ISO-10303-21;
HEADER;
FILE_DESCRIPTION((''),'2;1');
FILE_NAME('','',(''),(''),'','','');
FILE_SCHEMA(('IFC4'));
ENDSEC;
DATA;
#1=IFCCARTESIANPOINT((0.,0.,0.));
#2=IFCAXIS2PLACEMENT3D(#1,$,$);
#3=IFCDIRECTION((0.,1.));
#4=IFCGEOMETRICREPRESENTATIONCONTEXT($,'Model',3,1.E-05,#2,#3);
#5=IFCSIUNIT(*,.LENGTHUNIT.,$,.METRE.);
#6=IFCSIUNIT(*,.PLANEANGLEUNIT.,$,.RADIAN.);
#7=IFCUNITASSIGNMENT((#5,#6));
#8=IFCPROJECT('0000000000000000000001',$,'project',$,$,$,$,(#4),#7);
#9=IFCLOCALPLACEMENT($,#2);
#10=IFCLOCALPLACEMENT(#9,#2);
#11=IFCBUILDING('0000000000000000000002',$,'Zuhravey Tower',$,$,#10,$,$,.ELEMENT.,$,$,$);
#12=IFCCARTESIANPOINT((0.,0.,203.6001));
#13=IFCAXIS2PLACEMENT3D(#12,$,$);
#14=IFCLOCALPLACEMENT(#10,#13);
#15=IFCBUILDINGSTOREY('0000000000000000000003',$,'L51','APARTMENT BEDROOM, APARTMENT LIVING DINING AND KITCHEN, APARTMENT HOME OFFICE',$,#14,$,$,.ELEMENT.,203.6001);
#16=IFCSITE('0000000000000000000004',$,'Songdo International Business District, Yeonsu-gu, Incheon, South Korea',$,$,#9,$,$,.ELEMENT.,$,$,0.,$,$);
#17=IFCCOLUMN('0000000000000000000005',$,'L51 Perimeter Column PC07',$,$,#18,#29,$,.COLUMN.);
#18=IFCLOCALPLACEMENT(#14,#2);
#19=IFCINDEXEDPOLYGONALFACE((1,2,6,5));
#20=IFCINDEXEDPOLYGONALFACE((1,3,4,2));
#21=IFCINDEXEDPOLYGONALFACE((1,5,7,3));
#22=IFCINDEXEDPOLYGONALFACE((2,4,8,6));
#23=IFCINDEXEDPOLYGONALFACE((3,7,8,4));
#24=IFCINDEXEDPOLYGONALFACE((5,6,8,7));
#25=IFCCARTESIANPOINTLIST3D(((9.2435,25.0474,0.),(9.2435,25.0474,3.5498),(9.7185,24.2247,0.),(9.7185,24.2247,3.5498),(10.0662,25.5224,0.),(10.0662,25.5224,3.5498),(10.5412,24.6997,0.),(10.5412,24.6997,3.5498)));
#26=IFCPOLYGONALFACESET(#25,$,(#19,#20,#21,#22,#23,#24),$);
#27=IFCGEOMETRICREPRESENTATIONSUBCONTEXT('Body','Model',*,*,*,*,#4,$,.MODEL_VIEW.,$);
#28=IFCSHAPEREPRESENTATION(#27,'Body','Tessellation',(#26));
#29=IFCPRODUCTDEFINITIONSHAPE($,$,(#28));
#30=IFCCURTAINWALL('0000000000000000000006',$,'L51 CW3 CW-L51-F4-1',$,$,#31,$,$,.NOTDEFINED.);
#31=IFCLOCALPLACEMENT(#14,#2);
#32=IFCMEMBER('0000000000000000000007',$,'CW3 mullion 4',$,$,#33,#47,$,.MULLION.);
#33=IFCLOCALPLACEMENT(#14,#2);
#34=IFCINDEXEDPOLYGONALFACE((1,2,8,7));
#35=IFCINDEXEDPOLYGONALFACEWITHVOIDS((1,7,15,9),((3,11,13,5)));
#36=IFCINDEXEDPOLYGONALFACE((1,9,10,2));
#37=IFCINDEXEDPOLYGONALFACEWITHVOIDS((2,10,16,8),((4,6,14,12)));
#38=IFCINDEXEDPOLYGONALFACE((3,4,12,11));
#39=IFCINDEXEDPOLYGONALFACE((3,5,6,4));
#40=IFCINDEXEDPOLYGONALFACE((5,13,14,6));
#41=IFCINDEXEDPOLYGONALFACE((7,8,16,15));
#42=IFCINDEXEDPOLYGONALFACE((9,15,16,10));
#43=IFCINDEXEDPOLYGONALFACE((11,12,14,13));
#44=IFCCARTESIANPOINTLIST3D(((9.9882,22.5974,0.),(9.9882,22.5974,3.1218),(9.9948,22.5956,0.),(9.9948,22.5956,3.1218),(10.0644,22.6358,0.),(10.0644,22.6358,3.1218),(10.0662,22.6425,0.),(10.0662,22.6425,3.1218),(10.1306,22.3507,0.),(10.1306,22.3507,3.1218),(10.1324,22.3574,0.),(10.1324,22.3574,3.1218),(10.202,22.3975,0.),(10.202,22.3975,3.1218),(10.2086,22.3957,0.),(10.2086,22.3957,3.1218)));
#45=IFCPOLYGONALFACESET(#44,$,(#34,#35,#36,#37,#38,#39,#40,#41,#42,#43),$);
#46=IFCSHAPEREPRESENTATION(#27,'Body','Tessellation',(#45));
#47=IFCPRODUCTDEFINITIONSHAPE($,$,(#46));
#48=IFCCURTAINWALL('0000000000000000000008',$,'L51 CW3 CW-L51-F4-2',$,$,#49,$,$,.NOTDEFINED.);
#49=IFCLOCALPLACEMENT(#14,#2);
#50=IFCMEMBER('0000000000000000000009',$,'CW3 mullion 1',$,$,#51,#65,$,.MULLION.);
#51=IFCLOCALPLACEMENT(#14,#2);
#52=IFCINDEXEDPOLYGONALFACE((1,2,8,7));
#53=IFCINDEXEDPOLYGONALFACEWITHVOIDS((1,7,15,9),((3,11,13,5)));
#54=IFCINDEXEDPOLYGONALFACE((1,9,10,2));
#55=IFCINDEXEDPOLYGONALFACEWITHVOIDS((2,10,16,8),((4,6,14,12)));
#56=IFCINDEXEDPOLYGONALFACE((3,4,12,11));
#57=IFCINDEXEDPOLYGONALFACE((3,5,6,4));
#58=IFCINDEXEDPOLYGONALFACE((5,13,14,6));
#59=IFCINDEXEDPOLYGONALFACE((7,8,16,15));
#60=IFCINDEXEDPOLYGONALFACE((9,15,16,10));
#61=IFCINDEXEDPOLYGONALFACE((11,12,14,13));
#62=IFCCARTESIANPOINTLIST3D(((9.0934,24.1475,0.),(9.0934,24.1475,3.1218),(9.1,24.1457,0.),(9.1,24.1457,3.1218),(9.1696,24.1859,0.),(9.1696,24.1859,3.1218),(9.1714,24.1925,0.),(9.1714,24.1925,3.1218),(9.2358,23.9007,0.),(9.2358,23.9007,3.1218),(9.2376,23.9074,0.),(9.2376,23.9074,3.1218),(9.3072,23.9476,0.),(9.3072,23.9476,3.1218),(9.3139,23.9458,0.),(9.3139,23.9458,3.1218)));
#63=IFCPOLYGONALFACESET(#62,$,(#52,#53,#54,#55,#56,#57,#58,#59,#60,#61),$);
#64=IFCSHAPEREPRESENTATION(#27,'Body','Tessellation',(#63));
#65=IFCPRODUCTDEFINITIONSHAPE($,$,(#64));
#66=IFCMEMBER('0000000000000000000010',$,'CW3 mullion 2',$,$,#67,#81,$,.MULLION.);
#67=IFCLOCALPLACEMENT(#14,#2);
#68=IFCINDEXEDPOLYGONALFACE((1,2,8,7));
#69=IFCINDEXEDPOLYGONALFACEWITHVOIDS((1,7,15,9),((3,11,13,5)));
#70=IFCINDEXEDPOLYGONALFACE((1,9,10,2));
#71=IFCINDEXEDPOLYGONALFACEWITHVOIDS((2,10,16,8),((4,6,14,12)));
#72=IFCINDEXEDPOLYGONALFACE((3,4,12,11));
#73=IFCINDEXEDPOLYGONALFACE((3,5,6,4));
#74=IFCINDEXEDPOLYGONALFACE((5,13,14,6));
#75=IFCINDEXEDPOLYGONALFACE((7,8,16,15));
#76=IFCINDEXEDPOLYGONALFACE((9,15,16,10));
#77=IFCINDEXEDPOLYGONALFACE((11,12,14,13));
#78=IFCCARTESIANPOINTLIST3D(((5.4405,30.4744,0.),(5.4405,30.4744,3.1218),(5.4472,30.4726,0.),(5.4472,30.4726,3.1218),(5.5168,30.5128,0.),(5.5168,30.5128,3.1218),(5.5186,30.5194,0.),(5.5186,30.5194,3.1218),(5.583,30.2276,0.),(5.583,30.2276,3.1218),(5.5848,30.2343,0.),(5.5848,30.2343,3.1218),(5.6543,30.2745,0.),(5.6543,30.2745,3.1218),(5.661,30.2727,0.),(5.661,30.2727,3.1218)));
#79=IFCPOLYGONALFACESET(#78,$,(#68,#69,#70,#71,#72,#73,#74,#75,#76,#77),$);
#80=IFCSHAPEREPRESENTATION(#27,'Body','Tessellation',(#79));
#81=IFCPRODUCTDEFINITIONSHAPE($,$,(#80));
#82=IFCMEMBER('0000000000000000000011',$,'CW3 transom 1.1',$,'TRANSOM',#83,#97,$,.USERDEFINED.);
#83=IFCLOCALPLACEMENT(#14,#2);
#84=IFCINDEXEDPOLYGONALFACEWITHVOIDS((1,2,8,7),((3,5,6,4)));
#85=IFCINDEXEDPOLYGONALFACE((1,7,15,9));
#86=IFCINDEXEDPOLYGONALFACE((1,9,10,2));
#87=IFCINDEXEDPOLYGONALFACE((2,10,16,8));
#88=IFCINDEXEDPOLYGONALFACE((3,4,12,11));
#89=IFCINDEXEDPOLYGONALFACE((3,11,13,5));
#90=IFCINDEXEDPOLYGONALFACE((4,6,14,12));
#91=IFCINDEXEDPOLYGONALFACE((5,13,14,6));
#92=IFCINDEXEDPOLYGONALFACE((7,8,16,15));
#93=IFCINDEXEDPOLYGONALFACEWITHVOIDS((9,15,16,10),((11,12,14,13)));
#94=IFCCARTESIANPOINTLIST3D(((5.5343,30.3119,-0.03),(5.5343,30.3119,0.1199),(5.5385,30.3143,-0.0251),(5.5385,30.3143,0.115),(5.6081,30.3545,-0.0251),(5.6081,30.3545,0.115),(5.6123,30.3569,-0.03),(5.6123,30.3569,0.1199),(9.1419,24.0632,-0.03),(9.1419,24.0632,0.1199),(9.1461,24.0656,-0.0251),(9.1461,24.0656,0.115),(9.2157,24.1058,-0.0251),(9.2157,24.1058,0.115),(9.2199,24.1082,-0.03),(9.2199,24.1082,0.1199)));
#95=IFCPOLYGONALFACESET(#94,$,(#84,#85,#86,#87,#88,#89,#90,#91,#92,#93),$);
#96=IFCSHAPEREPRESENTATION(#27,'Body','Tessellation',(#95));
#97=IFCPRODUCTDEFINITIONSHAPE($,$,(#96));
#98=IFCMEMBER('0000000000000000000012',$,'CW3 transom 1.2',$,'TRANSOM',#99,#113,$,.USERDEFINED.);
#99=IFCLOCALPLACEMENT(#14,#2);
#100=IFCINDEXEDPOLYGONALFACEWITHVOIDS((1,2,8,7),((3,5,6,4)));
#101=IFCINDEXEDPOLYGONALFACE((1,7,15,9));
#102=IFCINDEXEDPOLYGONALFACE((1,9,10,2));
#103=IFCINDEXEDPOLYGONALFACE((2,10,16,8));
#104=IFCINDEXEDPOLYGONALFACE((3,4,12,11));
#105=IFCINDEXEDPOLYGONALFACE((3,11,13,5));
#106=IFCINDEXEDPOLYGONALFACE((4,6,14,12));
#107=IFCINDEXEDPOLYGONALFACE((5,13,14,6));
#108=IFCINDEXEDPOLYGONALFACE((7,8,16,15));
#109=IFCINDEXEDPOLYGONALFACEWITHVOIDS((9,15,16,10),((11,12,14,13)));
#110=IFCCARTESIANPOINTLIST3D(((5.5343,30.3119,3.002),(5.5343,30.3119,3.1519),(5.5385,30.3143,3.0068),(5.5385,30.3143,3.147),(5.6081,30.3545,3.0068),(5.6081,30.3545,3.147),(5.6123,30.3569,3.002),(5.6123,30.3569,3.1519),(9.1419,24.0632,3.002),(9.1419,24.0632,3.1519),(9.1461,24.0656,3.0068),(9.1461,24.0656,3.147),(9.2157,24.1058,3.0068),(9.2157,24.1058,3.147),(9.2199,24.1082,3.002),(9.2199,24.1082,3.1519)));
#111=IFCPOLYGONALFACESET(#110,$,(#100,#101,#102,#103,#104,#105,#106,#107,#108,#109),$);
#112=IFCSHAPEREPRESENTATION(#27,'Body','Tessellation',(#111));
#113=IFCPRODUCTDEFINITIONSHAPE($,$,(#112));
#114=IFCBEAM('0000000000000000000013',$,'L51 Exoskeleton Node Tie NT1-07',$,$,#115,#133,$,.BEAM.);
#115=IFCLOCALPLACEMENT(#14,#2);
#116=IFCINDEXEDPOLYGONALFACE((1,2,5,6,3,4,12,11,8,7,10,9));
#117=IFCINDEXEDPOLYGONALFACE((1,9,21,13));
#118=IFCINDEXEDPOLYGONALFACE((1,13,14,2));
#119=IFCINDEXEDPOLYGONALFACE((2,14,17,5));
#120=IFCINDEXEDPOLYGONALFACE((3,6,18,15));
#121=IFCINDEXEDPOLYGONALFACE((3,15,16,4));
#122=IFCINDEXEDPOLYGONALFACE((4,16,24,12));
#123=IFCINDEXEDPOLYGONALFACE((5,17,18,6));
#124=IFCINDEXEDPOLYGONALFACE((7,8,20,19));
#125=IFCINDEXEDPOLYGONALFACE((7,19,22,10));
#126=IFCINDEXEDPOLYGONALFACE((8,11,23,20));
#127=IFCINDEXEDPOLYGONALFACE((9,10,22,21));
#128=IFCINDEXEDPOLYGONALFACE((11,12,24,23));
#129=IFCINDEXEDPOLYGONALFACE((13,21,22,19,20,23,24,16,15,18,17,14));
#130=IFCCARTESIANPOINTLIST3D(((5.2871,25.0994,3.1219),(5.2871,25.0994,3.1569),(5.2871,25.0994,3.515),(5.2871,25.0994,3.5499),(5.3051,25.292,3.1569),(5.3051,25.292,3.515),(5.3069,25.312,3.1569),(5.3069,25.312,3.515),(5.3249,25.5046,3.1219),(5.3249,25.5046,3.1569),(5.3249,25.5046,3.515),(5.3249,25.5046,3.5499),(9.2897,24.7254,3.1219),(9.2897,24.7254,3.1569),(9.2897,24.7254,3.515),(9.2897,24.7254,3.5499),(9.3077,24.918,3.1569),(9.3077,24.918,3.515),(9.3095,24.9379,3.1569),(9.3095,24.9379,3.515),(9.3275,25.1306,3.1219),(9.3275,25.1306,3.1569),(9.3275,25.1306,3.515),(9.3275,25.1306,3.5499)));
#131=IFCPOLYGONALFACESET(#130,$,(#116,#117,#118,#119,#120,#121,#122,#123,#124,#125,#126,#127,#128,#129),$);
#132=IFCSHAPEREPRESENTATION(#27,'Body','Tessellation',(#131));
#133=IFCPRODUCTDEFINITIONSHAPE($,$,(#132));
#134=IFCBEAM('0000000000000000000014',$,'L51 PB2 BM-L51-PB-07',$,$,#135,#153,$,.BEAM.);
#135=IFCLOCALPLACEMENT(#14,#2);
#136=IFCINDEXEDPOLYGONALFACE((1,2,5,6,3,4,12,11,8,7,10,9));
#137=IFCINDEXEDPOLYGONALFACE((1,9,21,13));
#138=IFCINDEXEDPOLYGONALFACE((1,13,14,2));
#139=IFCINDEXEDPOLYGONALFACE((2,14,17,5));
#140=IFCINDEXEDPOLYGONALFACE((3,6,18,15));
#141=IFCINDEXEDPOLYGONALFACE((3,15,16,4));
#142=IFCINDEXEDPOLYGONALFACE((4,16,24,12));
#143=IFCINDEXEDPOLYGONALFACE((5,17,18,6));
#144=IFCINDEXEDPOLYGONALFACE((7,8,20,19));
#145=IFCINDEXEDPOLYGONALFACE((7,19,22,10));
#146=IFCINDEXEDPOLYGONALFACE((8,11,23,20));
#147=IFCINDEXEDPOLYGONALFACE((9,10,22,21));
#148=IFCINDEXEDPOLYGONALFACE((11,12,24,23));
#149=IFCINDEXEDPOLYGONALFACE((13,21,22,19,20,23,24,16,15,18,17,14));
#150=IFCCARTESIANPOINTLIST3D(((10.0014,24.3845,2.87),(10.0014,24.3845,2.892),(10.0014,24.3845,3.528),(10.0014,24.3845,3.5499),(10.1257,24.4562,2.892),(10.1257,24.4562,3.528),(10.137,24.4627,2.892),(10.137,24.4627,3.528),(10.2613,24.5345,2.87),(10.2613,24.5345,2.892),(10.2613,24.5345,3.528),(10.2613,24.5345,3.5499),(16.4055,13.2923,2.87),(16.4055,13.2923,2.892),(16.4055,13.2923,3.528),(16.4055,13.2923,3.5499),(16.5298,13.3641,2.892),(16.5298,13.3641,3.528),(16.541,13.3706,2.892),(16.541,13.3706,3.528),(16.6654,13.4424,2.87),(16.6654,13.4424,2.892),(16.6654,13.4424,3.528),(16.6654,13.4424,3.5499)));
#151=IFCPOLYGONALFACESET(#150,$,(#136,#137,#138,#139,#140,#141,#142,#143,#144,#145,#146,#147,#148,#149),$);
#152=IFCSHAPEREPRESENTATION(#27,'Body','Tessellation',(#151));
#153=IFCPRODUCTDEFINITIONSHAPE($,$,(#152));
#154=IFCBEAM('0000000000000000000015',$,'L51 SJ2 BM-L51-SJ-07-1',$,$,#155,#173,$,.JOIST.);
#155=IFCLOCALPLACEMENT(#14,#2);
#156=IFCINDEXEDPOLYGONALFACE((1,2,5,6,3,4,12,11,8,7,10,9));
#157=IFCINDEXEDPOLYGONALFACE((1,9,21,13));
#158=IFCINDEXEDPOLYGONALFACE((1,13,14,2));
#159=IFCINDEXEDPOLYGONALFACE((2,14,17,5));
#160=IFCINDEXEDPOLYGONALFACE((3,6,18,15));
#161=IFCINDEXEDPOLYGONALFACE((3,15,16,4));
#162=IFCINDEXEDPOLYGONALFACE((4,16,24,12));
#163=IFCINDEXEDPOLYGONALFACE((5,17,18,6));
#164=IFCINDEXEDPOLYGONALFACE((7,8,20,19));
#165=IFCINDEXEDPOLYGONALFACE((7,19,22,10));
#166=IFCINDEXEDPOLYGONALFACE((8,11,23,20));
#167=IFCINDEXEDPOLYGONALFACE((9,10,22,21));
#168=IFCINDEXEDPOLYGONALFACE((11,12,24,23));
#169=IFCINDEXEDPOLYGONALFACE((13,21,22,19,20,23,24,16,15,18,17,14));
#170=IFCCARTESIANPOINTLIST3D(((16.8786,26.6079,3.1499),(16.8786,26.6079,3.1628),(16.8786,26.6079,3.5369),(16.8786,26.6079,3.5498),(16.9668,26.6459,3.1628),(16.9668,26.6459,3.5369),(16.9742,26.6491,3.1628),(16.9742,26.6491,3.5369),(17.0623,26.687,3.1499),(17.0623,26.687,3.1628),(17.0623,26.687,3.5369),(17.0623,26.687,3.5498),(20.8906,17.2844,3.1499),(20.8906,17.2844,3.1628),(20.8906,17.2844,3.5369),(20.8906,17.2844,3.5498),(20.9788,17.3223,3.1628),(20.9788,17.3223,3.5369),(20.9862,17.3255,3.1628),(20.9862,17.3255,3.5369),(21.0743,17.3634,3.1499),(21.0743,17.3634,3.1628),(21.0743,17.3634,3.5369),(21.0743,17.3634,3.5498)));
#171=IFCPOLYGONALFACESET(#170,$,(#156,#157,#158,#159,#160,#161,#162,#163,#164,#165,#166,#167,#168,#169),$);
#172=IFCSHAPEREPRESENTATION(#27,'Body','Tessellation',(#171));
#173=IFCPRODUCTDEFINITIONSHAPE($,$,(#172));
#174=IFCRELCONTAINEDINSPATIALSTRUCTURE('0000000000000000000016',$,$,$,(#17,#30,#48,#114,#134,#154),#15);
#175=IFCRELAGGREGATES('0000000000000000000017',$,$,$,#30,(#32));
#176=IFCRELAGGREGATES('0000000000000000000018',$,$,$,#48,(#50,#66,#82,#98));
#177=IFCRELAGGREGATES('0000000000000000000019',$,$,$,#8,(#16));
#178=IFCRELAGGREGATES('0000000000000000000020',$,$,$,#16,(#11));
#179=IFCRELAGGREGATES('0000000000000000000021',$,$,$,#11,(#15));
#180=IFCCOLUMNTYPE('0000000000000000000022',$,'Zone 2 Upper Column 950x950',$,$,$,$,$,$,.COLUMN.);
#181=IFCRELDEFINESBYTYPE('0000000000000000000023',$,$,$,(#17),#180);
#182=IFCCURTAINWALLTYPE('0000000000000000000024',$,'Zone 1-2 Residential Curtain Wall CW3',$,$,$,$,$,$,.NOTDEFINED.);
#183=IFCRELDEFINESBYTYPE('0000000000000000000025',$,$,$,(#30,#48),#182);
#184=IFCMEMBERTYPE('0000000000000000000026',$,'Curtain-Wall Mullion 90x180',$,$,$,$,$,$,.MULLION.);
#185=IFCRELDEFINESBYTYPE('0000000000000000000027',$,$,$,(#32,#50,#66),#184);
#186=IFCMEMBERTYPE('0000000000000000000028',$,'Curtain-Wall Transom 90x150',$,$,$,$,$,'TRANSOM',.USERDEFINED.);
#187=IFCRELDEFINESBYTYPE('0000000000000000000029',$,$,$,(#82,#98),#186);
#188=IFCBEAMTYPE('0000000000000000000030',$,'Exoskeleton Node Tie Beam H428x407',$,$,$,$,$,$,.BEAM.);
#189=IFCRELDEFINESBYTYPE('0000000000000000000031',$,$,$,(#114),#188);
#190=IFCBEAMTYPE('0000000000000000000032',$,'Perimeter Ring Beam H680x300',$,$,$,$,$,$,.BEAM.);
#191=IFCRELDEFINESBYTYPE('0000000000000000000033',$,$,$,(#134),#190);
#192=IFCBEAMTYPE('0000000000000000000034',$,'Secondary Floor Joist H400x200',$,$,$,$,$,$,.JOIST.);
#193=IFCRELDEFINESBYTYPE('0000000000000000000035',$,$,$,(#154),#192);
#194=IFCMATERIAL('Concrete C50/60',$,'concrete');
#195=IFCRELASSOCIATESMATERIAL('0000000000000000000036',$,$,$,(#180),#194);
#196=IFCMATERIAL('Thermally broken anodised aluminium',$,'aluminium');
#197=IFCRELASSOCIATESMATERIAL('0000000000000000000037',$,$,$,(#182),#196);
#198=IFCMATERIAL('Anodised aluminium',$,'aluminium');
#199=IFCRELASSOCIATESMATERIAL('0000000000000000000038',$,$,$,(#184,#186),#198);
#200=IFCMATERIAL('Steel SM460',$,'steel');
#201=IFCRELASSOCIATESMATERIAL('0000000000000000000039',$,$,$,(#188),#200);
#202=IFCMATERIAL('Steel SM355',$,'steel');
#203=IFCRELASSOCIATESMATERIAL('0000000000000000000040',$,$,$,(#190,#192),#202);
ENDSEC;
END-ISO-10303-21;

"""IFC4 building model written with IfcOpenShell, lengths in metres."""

from ifc_helpers import new_model, si_unit, direction, frame, origin, origin_2d, place, context, subcontext, project, spatial, rectangle, hollow_rectangle, i_section, extrude, material, material_profile, profile_set, type_object, element, aggregate, save


model = new_model("IFC4")

# Units and contexts
model_context = context("Model", 3, precision=1e-05, world=origin(), true_north=direction((0.0, 1.0)))
body_context = subcontext(model_context, "Body", "Model", "MODEL_VIEW")
ifc_project = project(units=[si_unit("LENGTHUNIT", "METRE"), si_unit("PLANEANGLEUNIT", "RADIAN")], contexts=[model_context])

# Site, building, storey
site_placement = place(None, origin())
site = spatial("IfcSite", under=ifc_project, at=site_placement, Name="Songdo International Business District, Yeonsu-gu, Incheon, South Korea", CompositionType="ELEMENT", RefElevation=0.0)
building_placement = place(site_placement, origin())
building = spatial("IfcBuilding", under=site, at=building_placement, Name="Zuhravey Tower", CompositionType="ELEMENT")
storey_placement = place(building_placement, frame((0.0, 0.0, 203.6001)))
storey = spatial("IfcBuildingStorey", under=building, at=storey_placement, Name="L51", Description="APARTMENT BEDROOM, APARTMENT LIVING DINING AND KITCHEN, APARTMENT HOME OFFICE", CompositionType="ELEMENT", Elevation=203.6001)

# Column
ifc_material_1 = material(Name="Concrete C50/60", Category="concrete")
ifc_material_profile_1 = material_profile(ifc_material_1, rectangle(XDim=0.95, YDim=0.95, at=origin_2d()), Name="RC-950x950")
ifc_profile_set_1 = profile_set([ifc_material_profile_1], Name="Concrete C50/60")
column_type = type_object("IfcColumnType", Name="Zone 2 Upper Column 950x950", PredefinedType="COLUMN", material=ifc_profile_set_1)
column_placement = place(storey_placement, frame((9.8923, 24.8735, 0.0), z_axis=(0.0, 0.0, 1.0), x_axis=(0.5, -0.866025, 0.0)))
element("IfcColumn", 1, at=column_placement, inside=storey, type_object=column_type, Name="L51 Perimeter Column PC07", PredefinedType="COLUMN", context=body_context, shape_type="SweptSolid", body=[
    extrude(rectangle(XDim=0.95, YDim=0.95, at=origin_2d()), origin(), (0.0, 0.0, 1.0), 3.5498),
])

# Curtain wall, member
ifc_material_2 = material(Name="Thermally broken anodised aluminium", Category="aluminium")
curtain_wall_type = type_object("IfcCurtainWallType", Name="Zone 1-2 Residential Curtain Wall CW3", PredefinedType="NOTDEFINED", material=ifc_material_2)
curtain_wall_1_placement = place(storey_placement, origin())
curtain_wall_1 = element("IfcCurtainWall", 2, at=curtain_wall_1_placement, inside=storey, type_object=curtain_wall_type, Name="L51 CW3 CW-L51-F4-1", PredefinedType="NOTDEFINED")
ifc_material_3 = material(Name="Anodised aluminium", Category="aluminium")
ifc_material_profile_2 = material_profile(ifc_material_3, hollow_rectangle(XDim=0.0901, YDim=0.2849, WallThickness=0.0049, at=origin_2d()), Name="ALU-RHS-90x285x5")
ifc_profile_set_2 = profile_set([ifc_material_profile_2], Name="Anodised aluminium")
member_type_1 = type_object("IfcMemberType", Name="Curtain-Wall Mullion 90x180", PredefinedType="MULLION", material=ifc_profile_set_2)
member_1_placement = place(storey_placement, frame((10.0984, 22.4966, 0.0), z_axis=(0.0, 0.0, 1.0), x_axis=(-0.866025, -0.5, 0.0)))
member_1 = element("IfcMember", 3, at=member_1_placement, type_object=member_type_1, Name="CW3 mullion 4", PredefinedType="MULLION", context=body_context, shape_type="SweptSolid", body=[
    extrude(hollow_rectangle(XDim=0.0901, YDim=0.2849, WallThickness=0.0049, at=origin_2d()), origin(), (0.0, 0.0, 1.0), 3.1218),
])

# Curtain wall, members
curtain_wall_2_placement = place(storey_placement, origin())
curtain_wall_2 = element("IfcCurtainWall", 4, at=curtain_wall_2_placement, inside=storey, type_object=curtain_wall_type, Name="L51 CW3 CW-L51-F4-2", PredefinedType="NOTDEFINED")
member_2_placement = place(storey_placement, frame((9.2036, 24.0466, 0.0), z_axis=(0.0, 0.0, 1.0), x_axis=(-0.866026, -0.499999, 0.0)))
member_2 = element("IfcMember", 5, at=member_2_placement, type_object=member_type_1, Name="CW3 mullion 1", PredefinedType="MULLION", context=body_context, shape_type="SweptSolid", body=[
    extrude(hollow_rectangle(XDim=0.0901, YDim=0.2849, WallThickness=0.0049, at=origin_2d()), origin(), (0.0, 0.0, 1.0), 3.1218),
])
member_3_placement = place(storey_placement, frame((5.5508, 30.3735, 0.0), z_axis=(0.0, 0.0, 1.0), x_axis=(-0.866026, -0.499999, 0.0)))
member_3 = element("IfcMember", 6, at=member_3_placement, type_object=member_type_1, Name="CW3 mullion 2", PredefinedType="MULLION", context=body_context, shape_type="SweptSolid", body=[
    extrude(hollow_rectangle(XDim=0.0901, YDim=0.2849, WallThickness=0.0049, at=origin_2d()), origin(), (0.0, 0.0, 1.0), 3.1218),
])
ifc_material_profile_3 = material_profile(ifc_material_3, hollow_rectangle(XDim=0.0901, YDim=0.1499, WallThickness=0.0049, at=origin_2d()), Name="ALU-RHS-90x150x5")
ifc_profile_set_3 = profile_set([ifc_material_profile_3], Name="Anodised aluminium")
member_type_2 = type_object("IfcMemberType", Name="Curtain-Wall Transom 90x150", ElementType="TRANSOM", PredefinedType="USERDEFINED", material=ifc_profile_set_3)
member_4_placement = place(storey_placement, frame((9.1809, 24.0857, 0.0449), z_axis=(-0.499993, 0.86603, 0.0), x_axis=(-0.86603, -0.499993, 0.0)))
member_4 = element("IfcMember", 7, at=member_4_placement, type_object=member_type_2, Name="CW3 transom 1.1", ObjectType="TRANSOM", PredefinedType="USERDEFINED", context=body_context, shape_type="SweptSolid", body=[
    extrude(hollow_rectangle(XDim=0.0901, YDim=0.1499, WallThickness=0.0049, at=origin_2d()), origin(), (0.0, 0.0, 1.0), 7.2153),
])
member_5_placement = place(storey_placement, frame((9.1809, 24.0857, 3.0769), z_axis=(-0.499993, 0.86603, 0.0), x_axis=(-0.86603, -0.499993, 0.0)))
member_5 = element("IfcMember", 8, at=member_5_placement, type_object=member_type_2, Name="CW3 transom 1.2", ObjectType="TRANSOM", PredefinedType="USERDEFINED", context=body_context, shape_type="SweptSolid", body=[
    extrude(hollow_rectangle(XDim=0.0901, YDim=0.1499, WallThickness=0.0049, at=origin_2d()), origin(), (0.0, 0.0, 1.0), 7.2153),
])

# Beams
ifc_material_4 = material(Name="Steel SM460", Category="steel")
ifc_material_profile_4 = material_profile(ifc_material_4, i_section(OverallWidth=0.407, OverallDepth=0.428, WebThickness=0.02, FlangeThickness=0.0349, at=origin_2d()), Name="H-428x407x20x35")
ifc_profile_set_4 = profile_set([ifc_material_profile_4], Name="Steel SM460")
beam_type_1 = type_object("IfcBeamType", Name="Exoskeleton Node Tie Beam H428x407", PredefinedType="BEAM", material=ifc_profile_set_4)
beam_1_placement = place(storey_placement, frame((9.3086, 24.928, 3.3359), z_axis=(-0.995663, 0.093038, 0.0), x_axis=(-0.093038, -0.995663, 0.0)))
element("IfcBeam", 9, at=beam_1_placement, inside=storey, type_object=beam_type_1, Name="L51 Exoskeleton Node Tie NT1-07", PredefinedType="BEAM", context=body_context, shape_type="SweptSolid", body=[
    extrude(i_section(OverallWidth=0.407, OverallDepth=0.428, WebThickness=0.02, FlangeThickness=0.0349, at=origin_2d()), origin(), (0.0, 0.0, 1.0), 4.02),
])
ifc_material_5 = material(Name="Steel SM355", Category="steel")
ifc_material_profile_5 = material_profile(ifc_material_5, i_section(OverallWidth=0.3, OverallDepth=0.6799, WebThickness=0.0129, FlangeThickness=0.022, at=origin_2d()), Name="H-680x300x13x22")
ifc_profile_set_5 = profile_set([ifc_material_profile_5], Name="Steel SM355")
beam_type_2 = type_object("IfcBeamType", Name="Perimeter Ring Beam H680x300", PredefinedType="BEAM", material=ifc_profile_set_5)
beam_2_placement = place(storey_placement, frame((10.1313, 24.4595, 3.21), z_axis=(0.500004, -0.866023, 0.0), x_axis=(0.866023, 0.500004, 0.0)))
element("IfcBeam", 10, at=beam_2_placement, inside=storey, type_object=beam_type_2, Name="L51 PB2 BM-L51-PB-07", PredefinedType="BEAM", context=body_context, shape_type="SweptSolid", body=[
    extrude(i_section(OverallWidth=0.3, OverallDepth=0.6799, WebThickness=0.0129, FlangeThickness=0.022, at=origin_2d()), origin(), (0.0, 0.0, 1.0), 12.8081),
])
ifc_material_profile_6 = material_profile(ifc_material_5, i_section(OverallWidth=0.2, OverallDepth=0.3999, WebThickness=0.0081, FlangeThickness=0.0129, at=origin_2d()), Name="H-400x200x8x13")
ifc_profile_set_6 = profile_set([ifc_material_profile_6], Name="Steel SM355")
beam_type_3 = type_object("IfcBeamType", Name="Secondary Floor Joist H400x200", PredefinedType="JOIST", material=ifc_profile_set_6)
beam_3_placement = place(storey_placement, frame((16.9705, 26.6475, 3.3499), z_axis=(0.395266, -0.918567, 0.0), x_axis=(0.918567, 0.395266, 0.0)))
element("IfcBeam", 11, at=beam_3_placement, inside=storey, type_object=beam_type_3, Name="L51 SJ2 BM-L51-SJ-07-1", PredefinedType="JOIST", context=body_context, shape_type="SweptSolid", body=[
    extrude(i_section(OverallWidth=0.2, OverallDepth=0.3999, WebThickness=0.0081, FlangeThickness=0.0129, at=origin_2d()), origin(), (0.0, 0.0, 1.0), 10.1501),
])

aggregate(curtain_wall_1, [member_1])
aggregate(curtain_wall_2, [member_2, member_3, member_4, member_5])

save(model, "model.ifc")
